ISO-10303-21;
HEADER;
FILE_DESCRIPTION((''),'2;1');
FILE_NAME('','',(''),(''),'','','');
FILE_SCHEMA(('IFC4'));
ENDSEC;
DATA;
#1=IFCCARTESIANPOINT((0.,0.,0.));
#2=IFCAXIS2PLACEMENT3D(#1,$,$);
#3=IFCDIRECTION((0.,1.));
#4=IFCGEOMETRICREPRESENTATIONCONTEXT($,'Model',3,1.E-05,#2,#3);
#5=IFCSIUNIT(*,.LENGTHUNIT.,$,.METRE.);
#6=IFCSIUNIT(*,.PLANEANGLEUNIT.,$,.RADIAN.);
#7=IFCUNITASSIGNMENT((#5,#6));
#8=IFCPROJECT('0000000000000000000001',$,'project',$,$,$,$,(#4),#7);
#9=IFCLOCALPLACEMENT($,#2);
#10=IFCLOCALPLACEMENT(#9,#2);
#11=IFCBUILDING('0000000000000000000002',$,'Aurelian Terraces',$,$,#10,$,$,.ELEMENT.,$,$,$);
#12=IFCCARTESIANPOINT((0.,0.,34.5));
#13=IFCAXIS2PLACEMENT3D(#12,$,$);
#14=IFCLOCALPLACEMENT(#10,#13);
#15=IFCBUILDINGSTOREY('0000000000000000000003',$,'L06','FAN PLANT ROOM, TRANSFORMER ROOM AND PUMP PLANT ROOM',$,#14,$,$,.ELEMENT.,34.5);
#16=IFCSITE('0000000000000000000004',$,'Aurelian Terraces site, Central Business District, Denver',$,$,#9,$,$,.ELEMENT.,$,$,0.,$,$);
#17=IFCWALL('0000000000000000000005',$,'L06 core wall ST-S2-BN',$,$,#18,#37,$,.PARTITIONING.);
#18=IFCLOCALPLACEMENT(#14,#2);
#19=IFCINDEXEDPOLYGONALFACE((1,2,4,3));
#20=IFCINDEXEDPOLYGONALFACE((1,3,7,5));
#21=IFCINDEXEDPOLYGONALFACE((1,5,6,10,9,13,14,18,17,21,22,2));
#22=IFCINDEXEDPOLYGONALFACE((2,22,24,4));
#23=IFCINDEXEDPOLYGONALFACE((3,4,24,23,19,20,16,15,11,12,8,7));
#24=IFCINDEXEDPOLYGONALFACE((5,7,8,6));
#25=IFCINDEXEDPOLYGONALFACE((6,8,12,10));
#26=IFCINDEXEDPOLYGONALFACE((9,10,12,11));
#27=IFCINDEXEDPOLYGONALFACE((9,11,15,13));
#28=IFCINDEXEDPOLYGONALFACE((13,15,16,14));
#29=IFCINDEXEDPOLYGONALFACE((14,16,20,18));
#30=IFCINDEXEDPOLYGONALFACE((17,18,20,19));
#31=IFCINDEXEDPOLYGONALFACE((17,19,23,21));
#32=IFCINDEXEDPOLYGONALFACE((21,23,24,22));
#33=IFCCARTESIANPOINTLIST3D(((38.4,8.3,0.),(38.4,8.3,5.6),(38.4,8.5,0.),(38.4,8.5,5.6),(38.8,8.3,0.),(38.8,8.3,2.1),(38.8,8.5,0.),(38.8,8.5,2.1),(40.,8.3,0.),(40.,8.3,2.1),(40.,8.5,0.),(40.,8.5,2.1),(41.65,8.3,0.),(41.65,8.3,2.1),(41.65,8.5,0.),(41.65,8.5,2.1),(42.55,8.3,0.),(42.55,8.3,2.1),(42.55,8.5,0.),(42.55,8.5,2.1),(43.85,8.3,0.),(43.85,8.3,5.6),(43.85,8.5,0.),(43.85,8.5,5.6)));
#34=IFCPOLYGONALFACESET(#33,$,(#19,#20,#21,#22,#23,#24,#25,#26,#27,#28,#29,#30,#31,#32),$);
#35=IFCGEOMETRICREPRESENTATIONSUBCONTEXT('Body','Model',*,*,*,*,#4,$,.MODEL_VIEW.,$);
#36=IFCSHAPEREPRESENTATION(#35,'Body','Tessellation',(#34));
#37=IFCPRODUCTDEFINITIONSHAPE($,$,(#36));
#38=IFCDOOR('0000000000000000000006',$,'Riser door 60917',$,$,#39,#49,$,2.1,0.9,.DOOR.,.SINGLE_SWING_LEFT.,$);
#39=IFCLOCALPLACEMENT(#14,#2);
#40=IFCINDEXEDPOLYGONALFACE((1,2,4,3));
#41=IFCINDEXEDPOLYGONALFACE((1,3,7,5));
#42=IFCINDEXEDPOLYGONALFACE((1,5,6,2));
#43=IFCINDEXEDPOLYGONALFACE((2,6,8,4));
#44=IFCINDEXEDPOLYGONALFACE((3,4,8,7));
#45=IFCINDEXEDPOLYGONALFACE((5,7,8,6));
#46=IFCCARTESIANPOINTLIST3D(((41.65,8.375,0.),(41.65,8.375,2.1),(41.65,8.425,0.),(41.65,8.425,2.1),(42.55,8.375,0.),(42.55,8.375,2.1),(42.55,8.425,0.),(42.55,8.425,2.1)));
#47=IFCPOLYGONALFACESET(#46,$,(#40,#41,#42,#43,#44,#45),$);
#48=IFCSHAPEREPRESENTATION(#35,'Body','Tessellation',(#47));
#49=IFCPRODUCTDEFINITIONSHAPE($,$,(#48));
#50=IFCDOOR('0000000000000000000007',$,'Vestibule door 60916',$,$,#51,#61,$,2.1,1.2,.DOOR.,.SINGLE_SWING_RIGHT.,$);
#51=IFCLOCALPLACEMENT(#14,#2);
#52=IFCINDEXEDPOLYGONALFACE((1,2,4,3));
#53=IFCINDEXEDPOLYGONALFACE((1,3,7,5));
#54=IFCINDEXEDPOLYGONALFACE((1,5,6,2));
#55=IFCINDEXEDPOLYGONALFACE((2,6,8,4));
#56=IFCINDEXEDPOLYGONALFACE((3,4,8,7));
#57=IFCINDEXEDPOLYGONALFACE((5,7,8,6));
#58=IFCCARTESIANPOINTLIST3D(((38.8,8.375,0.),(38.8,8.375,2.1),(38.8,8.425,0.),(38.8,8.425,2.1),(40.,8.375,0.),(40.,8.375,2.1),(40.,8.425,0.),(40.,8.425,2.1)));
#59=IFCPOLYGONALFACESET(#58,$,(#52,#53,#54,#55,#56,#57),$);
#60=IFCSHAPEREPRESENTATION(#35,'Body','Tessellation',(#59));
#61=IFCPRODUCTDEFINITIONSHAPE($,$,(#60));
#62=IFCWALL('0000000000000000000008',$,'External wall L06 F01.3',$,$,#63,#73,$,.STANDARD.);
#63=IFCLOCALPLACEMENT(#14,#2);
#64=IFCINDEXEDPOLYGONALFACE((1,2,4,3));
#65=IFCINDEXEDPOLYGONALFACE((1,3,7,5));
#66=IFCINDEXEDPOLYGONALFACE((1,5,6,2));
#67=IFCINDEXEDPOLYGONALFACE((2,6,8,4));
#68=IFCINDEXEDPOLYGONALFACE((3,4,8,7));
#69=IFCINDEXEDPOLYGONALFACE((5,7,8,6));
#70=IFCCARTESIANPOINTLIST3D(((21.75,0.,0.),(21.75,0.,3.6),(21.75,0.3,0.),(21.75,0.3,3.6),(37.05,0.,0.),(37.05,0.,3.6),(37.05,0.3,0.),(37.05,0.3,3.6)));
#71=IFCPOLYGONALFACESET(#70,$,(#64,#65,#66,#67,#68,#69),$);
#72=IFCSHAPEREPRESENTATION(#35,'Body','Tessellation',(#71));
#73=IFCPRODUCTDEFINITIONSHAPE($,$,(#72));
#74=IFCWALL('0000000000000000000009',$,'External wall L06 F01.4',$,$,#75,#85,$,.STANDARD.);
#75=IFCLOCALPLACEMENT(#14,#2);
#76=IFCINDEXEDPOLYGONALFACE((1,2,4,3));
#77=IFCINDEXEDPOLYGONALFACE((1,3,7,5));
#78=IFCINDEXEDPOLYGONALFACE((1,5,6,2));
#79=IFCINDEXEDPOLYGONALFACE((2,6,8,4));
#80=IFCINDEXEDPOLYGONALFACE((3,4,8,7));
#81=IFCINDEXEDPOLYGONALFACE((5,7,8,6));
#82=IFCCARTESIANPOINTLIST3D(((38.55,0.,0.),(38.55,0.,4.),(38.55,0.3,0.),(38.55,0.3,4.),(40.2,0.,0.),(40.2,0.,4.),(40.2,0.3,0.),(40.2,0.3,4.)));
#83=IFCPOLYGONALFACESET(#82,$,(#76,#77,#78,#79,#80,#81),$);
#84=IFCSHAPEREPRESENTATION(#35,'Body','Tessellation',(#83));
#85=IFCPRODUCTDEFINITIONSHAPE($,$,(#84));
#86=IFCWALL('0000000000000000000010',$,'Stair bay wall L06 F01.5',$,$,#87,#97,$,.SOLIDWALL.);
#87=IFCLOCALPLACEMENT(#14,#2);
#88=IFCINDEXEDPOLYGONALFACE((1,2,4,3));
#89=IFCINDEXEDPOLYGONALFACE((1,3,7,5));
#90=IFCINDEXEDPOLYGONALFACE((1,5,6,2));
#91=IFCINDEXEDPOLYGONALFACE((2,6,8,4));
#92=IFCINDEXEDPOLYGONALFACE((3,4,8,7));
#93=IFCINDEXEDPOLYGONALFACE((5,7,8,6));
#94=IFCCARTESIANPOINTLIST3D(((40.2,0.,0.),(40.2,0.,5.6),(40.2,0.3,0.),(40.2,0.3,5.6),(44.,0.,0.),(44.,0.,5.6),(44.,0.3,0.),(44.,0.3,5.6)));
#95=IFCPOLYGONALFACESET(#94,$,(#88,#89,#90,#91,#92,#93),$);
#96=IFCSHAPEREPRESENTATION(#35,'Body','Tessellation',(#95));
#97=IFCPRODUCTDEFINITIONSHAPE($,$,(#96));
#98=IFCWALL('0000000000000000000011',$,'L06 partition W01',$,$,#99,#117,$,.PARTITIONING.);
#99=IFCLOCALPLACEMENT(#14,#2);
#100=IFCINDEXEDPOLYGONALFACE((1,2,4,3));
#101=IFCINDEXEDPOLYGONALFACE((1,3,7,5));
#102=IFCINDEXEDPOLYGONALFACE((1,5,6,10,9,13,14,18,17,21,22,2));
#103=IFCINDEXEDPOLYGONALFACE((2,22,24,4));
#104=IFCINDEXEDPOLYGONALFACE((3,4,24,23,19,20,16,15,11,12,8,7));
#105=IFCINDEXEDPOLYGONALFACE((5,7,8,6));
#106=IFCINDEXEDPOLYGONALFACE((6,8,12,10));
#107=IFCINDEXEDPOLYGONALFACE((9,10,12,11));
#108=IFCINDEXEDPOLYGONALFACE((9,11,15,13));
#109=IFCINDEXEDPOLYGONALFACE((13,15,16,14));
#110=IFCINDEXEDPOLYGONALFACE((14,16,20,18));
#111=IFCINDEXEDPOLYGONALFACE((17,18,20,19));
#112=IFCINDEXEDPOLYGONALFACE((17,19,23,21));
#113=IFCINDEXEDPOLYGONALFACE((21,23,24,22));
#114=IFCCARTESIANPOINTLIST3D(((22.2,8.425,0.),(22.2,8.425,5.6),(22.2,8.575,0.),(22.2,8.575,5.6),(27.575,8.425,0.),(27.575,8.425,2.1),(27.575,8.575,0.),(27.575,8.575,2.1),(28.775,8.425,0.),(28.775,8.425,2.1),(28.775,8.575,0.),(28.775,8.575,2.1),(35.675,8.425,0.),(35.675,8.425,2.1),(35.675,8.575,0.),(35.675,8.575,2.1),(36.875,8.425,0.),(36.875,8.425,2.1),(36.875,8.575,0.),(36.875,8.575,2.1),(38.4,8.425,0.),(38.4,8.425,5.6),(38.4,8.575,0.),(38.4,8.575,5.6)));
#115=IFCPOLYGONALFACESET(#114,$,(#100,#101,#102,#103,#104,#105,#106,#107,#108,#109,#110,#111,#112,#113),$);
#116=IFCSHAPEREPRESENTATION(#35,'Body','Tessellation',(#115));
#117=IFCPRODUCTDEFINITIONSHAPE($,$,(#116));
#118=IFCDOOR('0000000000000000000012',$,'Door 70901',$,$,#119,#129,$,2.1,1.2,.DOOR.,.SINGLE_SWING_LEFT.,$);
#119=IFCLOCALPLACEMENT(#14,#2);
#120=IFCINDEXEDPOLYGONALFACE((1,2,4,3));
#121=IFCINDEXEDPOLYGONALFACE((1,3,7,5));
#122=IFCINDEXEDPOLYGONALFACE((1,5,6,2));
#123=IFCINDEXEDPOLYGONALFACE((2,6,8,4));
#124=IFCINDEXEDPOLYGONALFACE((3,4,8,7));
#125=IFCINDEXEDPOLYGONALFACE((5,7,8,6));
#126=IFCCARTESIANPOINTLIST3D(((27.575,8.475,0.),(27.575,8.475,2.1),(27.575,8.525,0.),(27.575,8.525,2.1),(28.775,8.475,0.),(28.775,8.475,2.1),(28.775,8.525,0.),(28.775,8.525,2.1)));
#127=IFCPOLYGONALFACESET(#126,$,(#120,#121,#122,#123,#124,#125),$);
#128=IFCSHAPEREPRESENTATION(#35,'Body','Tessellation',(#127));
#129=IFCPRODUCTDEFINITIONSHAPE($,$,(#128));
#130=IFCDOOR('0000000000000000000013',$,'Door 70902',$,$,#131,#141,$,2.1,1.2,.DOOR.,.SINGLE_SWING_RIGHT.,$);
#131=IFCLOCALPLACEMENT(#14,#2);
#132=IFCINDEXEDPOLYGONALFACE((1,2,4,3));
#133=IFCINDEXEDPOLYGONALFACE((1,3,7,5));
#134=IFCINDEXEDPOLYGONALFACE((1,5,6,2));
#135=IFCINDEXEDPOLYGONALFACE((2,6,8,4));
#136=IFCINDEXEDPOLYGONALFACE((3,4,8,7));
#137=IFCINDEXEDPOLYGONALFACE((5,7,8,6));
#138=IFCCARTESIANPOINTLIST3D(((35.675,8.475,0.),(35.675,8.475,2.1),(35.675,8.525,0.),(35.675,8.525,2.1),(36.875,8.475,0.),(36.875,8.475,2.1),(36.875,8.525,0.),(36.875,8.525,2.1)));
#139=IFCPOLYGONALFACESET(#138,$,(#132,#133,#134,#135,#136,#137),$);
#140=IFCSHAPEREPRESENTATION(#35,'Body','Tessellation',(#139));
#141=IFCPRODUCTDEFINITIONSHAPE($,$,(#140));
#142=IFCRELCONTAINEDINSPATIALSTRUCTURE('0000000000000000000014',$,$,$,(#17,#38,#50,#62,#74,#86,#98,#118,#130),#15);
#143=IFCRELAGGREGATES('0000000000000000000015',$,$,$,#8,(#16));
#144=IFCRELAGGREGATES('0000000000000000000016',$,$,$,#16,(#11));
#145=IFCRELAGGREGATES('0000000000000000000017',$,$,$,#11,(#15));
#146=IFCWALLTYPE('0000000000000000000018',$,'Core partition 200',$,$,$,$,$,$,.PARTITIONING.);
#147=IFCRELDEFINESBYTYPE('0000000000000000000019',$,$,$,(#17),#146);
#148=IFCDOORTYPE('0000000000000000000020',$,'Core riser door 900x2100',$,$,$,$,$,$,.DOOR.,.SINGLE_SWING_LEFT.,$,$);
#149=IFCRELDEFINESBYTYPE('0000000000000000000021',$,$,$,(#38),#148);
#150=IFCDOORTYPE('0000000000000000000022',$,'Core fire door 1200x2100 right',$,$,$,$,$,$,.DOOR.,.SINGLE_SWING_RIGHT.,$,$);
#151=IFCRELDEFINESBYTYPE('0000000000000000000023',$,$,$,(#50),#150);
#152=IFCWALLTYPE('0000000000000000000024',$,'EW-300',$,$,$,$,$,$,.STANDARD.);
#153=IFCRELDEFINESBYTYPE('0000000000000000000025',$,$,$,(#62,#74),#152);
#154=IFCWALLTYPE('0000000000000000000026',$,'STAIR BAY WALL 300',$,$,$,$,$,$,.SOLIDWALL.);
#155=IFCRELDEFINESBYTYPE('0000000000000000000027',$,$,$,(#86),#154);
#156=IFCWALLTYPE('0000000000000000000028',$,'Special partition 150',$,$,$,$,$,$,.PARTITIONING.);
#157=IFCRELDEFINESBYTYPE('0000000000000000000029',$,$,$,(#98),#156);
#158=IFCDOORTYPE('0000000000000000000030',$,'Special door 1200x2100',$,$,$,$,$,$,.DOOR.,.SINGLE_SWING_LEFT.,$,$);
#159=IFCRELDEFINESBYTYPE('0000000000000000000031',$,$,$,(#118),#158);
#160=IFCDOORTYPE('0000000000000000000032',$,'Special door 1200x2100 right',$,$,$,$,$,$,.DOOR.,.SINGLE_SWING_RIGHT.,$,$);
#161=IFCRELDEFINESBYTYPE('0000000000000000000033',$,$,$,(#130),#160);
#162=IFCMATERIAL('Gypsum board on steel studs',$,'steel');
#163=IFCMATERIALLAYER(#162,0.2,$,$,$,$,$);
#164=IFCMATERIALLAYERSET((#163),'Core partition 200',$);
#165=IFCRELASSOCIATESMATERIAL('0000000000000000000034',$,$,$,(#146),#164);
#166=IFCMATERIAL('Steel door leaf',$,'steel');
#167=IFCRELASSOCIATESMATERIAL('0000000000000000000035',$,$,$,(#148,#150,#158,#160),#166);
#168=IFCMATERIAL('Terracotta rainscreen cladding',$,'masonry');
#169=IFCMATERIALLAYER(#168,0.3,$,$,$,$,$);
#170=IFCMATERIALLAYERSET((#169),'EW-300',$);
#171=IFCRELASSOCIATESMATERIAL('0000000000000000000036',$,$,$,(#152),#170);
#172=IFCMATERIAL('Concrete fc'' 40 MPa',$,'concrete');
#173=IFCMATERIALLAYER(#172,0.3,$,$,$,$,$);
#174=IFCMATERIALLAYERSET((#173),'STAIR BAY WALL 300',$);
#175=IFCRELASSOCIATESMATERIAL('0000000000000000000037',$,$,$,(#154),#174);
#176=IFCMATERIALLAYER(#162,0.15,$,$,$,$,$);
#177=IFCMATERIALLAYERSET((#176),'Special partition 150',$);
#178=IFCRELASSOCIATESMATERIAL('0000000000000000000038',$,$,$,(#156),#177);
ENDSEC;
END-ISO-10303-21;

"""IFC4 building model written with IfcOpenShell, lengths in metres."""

from ifc_helpers import new_model, si_unit, direction, frame, frame_2d, origin, place, context, subcontext, project, spatial, rectangle, extrude, source, transform, mapped, material, layer, layer_set, type_object, element, fill, save


model = new_model("IFC4")

# Units and contexts
model_context = context("Model", 3, precision=1e-05, world=origin(), true_north=direction((0.0, 1.0)))
body_context = subcontext(model_context, "Body", "Model", "MODEL_VIEW")
ifc_project = project(units=[si_unit("LENGTHUNIT", "METRE"), si_unit("PLANEANGLEUNIT", "RADIAN")], contexts=[model_context])

# Site, building, storey
site_placement = place(None, origin())
site = spatial("IfcSite", under=ifc_project, at=site_placement, Name="Aurelian Terraces site, Central Business District, Denver", CompositionType="ELEMENT", RefElevation=0.0)
building_placement = place(site_placement, origin())
building = spatial("IfcBuilding", under=site, at=building_placement, Name="Aurelian Terraces", CompositionType="ELEMENT")
storey_placement = place(building_placement, frame((0.0, 0.0, 34.5)))
storey = spatial("IfcBuildingStorey", under=building, at=storey_placement, Name="L06", Description="FAN PLANT ROOM, TRANSFORMER ROOM AND PUMP PLANT ROOM", CompositionType="ELEMENT", Elevation=34.5)

# Shared definitions
ifc_material_1 = material(Name="Steel door leaf", Category="steel")
shared_shape_1 = source(origin(), body_context, "Body", "SweptSolid", [
    extrude(rectangle(XDim=1.2, YDim=2.1, at=frame_2d((0.6, 1.05))), frame((0.0, 0.025, 0.0), z_axis=(0.0, -1.0, 0.0), x_axis=(1.0, 0.0, 0.0)), (0.0, 0.0, 1.0), 0.05),
])

# Shared definitions
ifc_material_2 = material(Name="Gypsum board on steel studs", Category="steel")
ifc_layer_1 = layer(ifc_material_2, 0.2)
ifc_layer_set_1 = layer_set([ifc_layer_1], Name="Core partition 200")
wall_type_1 = type_object("IfcWallType", Name="Core partition 200", PredefinedType="PARTITIONING", material=ifc_layer_set_1)

# Wall, openings, doors
wall_1_placement = place(storey_placement, frame((38.4, 8.4, 0.0), z_axis=(0.0, 0.0, 1.0), x_axis=(1.0, 0.0, 0.0)))
wall_1 = element("IfcWall", 1, at=wall_1_placement, inside=storey, type_object=wall_type_1, Name="L06 core wall ST-S2-BN", PredefinedType="PARTITIONING", context=body_context, shape_type="SweptSolid", body=[
    extrude(rectangle(XDim=5.45, YDim=0.2, at=frame_2d((2.725, 0.0))), origin(), (0.0, 0.0, 1.0), 5.6),
])
shared_shape_2 = source(origin(), body_context, "Body", "SweptSolid", [
    extrude(rectangle(XDim=1.2, YDim=2.1, at=frame_2d((0.6, 1.05))), frame((0.0, 0.11, 0.0), z_axis=(0.0, -1.0, 0.0), x_axis=(1.0, 0.0, 0.0)), (0.0, 0.0, 1.0), 0.22),
])
opening_1_placement = place(wall_1_placement, frame((0.4, 0.0, 0.0)))
opening_1 = element("IfcOpeningElement", 2, at=opening_1_placement, cuts=wall_1, PredefinedType="OPENING", context=body_context, shape_type="MappedRepresentation", body=[
    mapped(shared_shape_2, transform((0.0, 0.0, 0.0), scale=1.0)),
])
shared_shape_3 = source(origin(), body_context, "Body", "SweptSolid", [
    extrude(rectangle(XDim=0.9, YDim=2.1, at=frame_2d((0.45, 1.05))), frame((0.0, 0.11, 0.0), z_axis=(0.0, -1.0, 0.0), x_axis=(1.0, 0.0, 0.0)), (0.0, 0.0, 1.0), 0.22),
])
opening_2_placement = place(wall_1_placement, frame((3.25, 0.0, 0.0)))
opening_2 = element("IfcOpeningElement", 3, at=opening_2_placement, cuts=wall_1, PredefinedType="OPENING", context=body_context, shape_type="MappedRepresentation", body=[
    mapped(shared_shape_3, transform((0.0, 0.0, 0.0), scale=1.0)),
])
door_type_1 = type_object("IfcDoorType", Name="Core riser door 900x2100", OperationType="SINGLE_SWING_LEFT", PredefinedType="DOOR", material=ifc_material_1)
shared_shape_4 = source(origin(), body_context, "Body", "SweptSolid", [
    extrude(rectangle(XDim=0.9, YDim=2.1, at=frame_2d((0.45, 1.05))), frame((0.0, 0.025, 0.0), z_axis=(0.0, -1.0, 0.0), x_axis=(1.0, 0.0, 0.0)), (0.0, 0.0, 1.0), 0.05),
])
door_1_placement = place(opening_2_placement, origin())
door_1 = element("IfcDoor", 4, at=door_1_placement, inside=storey, type_object=door_type_1, Name="Riser door 60917", OperationType="SINGLE_SWING_LEFT", OverallHeight=2.1, OverallWidth=0.9, PredefinedType="DOOR", context=body_context, shape_type="MappedRepresentation", body=[
    mapped(shared_shape_4, transform((0.0, 0.0, 0.0), scale=1.0)),
])
fill(opening_2, door_1)
door_type_2 = type_object("IfcDoorType", Name="Core fire door 1200x2100 right", OperationType="SINGLE_SWING_RIGHT", PredefinedType="DOOR", material=ifc_material_1)
door_2_placement = place(opening_1_placement, origin())
door_2 = element("IfcDoor", 5, at=door_2_placement, inside=storey, type_object=door_type_2, Name="Vestibule door 60916", OperationType="SINGLE_SWING_RIGHT", OverallHeight=2.1, OverallWidth=1.2, PredefinedType="DOOR", context=body_context, shape_type="MappedRepresentation", body=[
    mapped(shared_shape_1, transform((0.0, 0.0, 0.0), scale=1.0)),
])
fill(opening_1, door_2)

# Walls
ifc_material_3 = material(Name="Terracotta rainscreen cladding", Category="masonry")
ifc_layer_2 = layer(ifc_material_3, 0.3)
ifc_layer_set_2 = layer_set([ifc_layer_2], Name="EW-300")
wall_type_2 = type_object("IfcWallType", Name="EW-300", PredefinedType="STANDARD", material=ifc_layer_set_2)
wall_2_placement = place(storey_placement, frame((21.75, 0.15, 0.0), z_axis=(0.0, 0.0, 1.0), x_axis=(1.0, 0.0, 0.0)))
element("IfcWall", 6, at=wall_2_placement, inside=storey, type_object=wall_type_2, Name="External wall L06 F01.3", PredefinedType="STANDARD", context=body_context, shape_type="SweptSolid", body=[
    extrude(rectangle(XDim=15.3, YDim=0.3, at=frame_2d((7.65, 0.0))), origin(), (0.0, 0.0, 1.0), 3.6),
])
wall_3_placement = place(storey_placement, frame((38.55, 0.15, 0.0), z_axis=(0.0, 0.0, 1.0), x_axis=(1.0, 0.0, 0.0)))
element("IfcWall", 7, at=wall_3_placement, inside=storey, type_object=wall_type_2, Name="External wall L06 F01.4", PredefinedType="STANDARD", context=body_context, shape_type="SweptSolid", body=[
    extrude(rectangle(XDim=1.65, YDim=0.3, at=frame_2d((0.825, 0.0))), origin(), (0.0, 0.0, 1.0), 4.0),
])
ifc_material_4 = material(Name="Concrete fc' 40 MPa", Category="concrete")
ifc_layer_3 = layer(ifc_material_4, 0.3)
ifc_layer_set_3 = layer_set([ifc_layer_3], Name="STAIR BAY WALL 300")
wall_type_3 = type_object("IfcWallType", Name="STAIR BAY WALL 300", PredefinedType="SOLIDWALL", material=ifc_layer_set_3)
wall_4_placement = place(storey_placement, frame((40.2, 0.15, 0.0), z_axis=(0.0, 0.0, 1.0), x_axis=(1.0, 0.0, 0.0)))
element("IfcWall", 8, at=wall_4_placement, inside=storey, type_object=wall_type_3, Name="Stair bay wall L06 F01.5", PredefinedType="SOLIDWALL", context=body_context, shape_type="SweptSolid", body=[
    extrude(rectangle(XDim=3.8, YDim=0.3, at=frame_2d((1.9, 0.0))), origin(), (0.0, 0.0, 1.0), 5.6),
])

# Wall, openings, doors
ifc_layer_4 = layer(ifc_material_2, 0.15)
ifc_layer_set_4 = layer_set([ifc_layer_4], Name="Special partition 150")
wall_type_4 = type_object("IfcWallType", Name="Special partition 150", PredefinedType="PARTITIONING", material=ifc_layer_set_4)
wall_5_placement = place(storey_placement, frame((22.2, 8.5, 0.0), z_axis=(0.0, 0.0, 1.0), x_axis=(1.0, 0.0, 0.0)))
wall_5 = element("IfcWall", 9, at=wall_5_placement, inside=storey, type_object=wall_type_4, Name="L06 partition W01", PredefinedType="PARTITIONING", context=body_context, shape_type="SweptSolid", body=[
    extrude(rectangle(XDim=16.2, YDim=0.15, at=frame_2d((8.1, 0.0))), origin(), (0.0, 0.0, 1.0), 5.6),
])
shared_shape_5 = source(origin(), body_context, "Body", "SweptSolid", [
    extrude(rectangle(XDim=1.2, YDim=2.1, at=frame_2d((0.6, 1.05))), frame((0.0, 0.085, 0.0), z_axis=(0.0, -1.0, 0.0), x_axis=(1.0, 0.0, 0.0)), (0.0, 0.0, 1.0), 0.17),
])
opening_3_placement = place(wall_5_placement, frame((5.375, 0.0, 0.0)))
opening_3 = element("IfcOpeningElement", 10, at=opening_3_placement, cuts=wall_5, PredefinedType="OPENING", context=body_context, shape_type="MappedRepresentation", body=[
    mapped(shared_shape_5, transform((0.0, 0.0, 0.0), scale=1.0)),
])
opening_4_placement = place(wall_5_placement, frame((13.475, 0.0, 0.0)))
opening_4 = element("IfcOpeningElement", 11, at=opening_4_placement, cuts=wall_5, PredefinedType="OPENING", context=body_context, shape_type="MappedRepresentation", body=[
    mapped(shared_shape_5, transform((0.0, 0.0, 0.0), scale=1.0)),
])
door_type_3 = type_object("IfcDoorType", Name="Special door 1200x2100", OperationType="SINGLE_SWING_LEFT", PredefinedType="DOOR", material=ifc_material_1)
door_3_placement = place(opening_3_placement, origin())
door_3 = element("IfcDoor", 12, at=door_3_placement, inside=storey, type_object=door_type_3, Name="Door 70901", OperationType="SINGLE_SWING_LEFT", OverallHeight=2.1, OverallWidth=1.2, PredefinedType="DOOR", context=body_context, shape_type="MappedRepresentation", body=[
    mapped(shared_shape_1, transform((0.0, 0.0, 0.0), scale=1.0)),
])
fill(opening_3, door_3)
door_type_4 = type_object("IfcDoorType", Name="Special door 1200x2100 right", OperationType="SINGLE_SWING_RIGHT", PredefinedType="DOOR", material=ifc_material_1)
door_4_placement = place(opening_4_placement, origin())
door_4 = element("IfcDoor", 13, at=door_4_placement, inside=storey, type_object=door_type_4, Name="Door 70902", OperationType="SINGLE_SWING_RIGHT", OverallHeight=2.1, OverallWidth=1.2, PredefinedType="DOOR", context=body_context, shape_type="MappedRepresentation", body=[
    mapped(shared_shape_1, transform((0.0, 0.0, 0.0), scale=1.0)),
])
fill(opening_4, door_4)

save(model, "model.ifc")
